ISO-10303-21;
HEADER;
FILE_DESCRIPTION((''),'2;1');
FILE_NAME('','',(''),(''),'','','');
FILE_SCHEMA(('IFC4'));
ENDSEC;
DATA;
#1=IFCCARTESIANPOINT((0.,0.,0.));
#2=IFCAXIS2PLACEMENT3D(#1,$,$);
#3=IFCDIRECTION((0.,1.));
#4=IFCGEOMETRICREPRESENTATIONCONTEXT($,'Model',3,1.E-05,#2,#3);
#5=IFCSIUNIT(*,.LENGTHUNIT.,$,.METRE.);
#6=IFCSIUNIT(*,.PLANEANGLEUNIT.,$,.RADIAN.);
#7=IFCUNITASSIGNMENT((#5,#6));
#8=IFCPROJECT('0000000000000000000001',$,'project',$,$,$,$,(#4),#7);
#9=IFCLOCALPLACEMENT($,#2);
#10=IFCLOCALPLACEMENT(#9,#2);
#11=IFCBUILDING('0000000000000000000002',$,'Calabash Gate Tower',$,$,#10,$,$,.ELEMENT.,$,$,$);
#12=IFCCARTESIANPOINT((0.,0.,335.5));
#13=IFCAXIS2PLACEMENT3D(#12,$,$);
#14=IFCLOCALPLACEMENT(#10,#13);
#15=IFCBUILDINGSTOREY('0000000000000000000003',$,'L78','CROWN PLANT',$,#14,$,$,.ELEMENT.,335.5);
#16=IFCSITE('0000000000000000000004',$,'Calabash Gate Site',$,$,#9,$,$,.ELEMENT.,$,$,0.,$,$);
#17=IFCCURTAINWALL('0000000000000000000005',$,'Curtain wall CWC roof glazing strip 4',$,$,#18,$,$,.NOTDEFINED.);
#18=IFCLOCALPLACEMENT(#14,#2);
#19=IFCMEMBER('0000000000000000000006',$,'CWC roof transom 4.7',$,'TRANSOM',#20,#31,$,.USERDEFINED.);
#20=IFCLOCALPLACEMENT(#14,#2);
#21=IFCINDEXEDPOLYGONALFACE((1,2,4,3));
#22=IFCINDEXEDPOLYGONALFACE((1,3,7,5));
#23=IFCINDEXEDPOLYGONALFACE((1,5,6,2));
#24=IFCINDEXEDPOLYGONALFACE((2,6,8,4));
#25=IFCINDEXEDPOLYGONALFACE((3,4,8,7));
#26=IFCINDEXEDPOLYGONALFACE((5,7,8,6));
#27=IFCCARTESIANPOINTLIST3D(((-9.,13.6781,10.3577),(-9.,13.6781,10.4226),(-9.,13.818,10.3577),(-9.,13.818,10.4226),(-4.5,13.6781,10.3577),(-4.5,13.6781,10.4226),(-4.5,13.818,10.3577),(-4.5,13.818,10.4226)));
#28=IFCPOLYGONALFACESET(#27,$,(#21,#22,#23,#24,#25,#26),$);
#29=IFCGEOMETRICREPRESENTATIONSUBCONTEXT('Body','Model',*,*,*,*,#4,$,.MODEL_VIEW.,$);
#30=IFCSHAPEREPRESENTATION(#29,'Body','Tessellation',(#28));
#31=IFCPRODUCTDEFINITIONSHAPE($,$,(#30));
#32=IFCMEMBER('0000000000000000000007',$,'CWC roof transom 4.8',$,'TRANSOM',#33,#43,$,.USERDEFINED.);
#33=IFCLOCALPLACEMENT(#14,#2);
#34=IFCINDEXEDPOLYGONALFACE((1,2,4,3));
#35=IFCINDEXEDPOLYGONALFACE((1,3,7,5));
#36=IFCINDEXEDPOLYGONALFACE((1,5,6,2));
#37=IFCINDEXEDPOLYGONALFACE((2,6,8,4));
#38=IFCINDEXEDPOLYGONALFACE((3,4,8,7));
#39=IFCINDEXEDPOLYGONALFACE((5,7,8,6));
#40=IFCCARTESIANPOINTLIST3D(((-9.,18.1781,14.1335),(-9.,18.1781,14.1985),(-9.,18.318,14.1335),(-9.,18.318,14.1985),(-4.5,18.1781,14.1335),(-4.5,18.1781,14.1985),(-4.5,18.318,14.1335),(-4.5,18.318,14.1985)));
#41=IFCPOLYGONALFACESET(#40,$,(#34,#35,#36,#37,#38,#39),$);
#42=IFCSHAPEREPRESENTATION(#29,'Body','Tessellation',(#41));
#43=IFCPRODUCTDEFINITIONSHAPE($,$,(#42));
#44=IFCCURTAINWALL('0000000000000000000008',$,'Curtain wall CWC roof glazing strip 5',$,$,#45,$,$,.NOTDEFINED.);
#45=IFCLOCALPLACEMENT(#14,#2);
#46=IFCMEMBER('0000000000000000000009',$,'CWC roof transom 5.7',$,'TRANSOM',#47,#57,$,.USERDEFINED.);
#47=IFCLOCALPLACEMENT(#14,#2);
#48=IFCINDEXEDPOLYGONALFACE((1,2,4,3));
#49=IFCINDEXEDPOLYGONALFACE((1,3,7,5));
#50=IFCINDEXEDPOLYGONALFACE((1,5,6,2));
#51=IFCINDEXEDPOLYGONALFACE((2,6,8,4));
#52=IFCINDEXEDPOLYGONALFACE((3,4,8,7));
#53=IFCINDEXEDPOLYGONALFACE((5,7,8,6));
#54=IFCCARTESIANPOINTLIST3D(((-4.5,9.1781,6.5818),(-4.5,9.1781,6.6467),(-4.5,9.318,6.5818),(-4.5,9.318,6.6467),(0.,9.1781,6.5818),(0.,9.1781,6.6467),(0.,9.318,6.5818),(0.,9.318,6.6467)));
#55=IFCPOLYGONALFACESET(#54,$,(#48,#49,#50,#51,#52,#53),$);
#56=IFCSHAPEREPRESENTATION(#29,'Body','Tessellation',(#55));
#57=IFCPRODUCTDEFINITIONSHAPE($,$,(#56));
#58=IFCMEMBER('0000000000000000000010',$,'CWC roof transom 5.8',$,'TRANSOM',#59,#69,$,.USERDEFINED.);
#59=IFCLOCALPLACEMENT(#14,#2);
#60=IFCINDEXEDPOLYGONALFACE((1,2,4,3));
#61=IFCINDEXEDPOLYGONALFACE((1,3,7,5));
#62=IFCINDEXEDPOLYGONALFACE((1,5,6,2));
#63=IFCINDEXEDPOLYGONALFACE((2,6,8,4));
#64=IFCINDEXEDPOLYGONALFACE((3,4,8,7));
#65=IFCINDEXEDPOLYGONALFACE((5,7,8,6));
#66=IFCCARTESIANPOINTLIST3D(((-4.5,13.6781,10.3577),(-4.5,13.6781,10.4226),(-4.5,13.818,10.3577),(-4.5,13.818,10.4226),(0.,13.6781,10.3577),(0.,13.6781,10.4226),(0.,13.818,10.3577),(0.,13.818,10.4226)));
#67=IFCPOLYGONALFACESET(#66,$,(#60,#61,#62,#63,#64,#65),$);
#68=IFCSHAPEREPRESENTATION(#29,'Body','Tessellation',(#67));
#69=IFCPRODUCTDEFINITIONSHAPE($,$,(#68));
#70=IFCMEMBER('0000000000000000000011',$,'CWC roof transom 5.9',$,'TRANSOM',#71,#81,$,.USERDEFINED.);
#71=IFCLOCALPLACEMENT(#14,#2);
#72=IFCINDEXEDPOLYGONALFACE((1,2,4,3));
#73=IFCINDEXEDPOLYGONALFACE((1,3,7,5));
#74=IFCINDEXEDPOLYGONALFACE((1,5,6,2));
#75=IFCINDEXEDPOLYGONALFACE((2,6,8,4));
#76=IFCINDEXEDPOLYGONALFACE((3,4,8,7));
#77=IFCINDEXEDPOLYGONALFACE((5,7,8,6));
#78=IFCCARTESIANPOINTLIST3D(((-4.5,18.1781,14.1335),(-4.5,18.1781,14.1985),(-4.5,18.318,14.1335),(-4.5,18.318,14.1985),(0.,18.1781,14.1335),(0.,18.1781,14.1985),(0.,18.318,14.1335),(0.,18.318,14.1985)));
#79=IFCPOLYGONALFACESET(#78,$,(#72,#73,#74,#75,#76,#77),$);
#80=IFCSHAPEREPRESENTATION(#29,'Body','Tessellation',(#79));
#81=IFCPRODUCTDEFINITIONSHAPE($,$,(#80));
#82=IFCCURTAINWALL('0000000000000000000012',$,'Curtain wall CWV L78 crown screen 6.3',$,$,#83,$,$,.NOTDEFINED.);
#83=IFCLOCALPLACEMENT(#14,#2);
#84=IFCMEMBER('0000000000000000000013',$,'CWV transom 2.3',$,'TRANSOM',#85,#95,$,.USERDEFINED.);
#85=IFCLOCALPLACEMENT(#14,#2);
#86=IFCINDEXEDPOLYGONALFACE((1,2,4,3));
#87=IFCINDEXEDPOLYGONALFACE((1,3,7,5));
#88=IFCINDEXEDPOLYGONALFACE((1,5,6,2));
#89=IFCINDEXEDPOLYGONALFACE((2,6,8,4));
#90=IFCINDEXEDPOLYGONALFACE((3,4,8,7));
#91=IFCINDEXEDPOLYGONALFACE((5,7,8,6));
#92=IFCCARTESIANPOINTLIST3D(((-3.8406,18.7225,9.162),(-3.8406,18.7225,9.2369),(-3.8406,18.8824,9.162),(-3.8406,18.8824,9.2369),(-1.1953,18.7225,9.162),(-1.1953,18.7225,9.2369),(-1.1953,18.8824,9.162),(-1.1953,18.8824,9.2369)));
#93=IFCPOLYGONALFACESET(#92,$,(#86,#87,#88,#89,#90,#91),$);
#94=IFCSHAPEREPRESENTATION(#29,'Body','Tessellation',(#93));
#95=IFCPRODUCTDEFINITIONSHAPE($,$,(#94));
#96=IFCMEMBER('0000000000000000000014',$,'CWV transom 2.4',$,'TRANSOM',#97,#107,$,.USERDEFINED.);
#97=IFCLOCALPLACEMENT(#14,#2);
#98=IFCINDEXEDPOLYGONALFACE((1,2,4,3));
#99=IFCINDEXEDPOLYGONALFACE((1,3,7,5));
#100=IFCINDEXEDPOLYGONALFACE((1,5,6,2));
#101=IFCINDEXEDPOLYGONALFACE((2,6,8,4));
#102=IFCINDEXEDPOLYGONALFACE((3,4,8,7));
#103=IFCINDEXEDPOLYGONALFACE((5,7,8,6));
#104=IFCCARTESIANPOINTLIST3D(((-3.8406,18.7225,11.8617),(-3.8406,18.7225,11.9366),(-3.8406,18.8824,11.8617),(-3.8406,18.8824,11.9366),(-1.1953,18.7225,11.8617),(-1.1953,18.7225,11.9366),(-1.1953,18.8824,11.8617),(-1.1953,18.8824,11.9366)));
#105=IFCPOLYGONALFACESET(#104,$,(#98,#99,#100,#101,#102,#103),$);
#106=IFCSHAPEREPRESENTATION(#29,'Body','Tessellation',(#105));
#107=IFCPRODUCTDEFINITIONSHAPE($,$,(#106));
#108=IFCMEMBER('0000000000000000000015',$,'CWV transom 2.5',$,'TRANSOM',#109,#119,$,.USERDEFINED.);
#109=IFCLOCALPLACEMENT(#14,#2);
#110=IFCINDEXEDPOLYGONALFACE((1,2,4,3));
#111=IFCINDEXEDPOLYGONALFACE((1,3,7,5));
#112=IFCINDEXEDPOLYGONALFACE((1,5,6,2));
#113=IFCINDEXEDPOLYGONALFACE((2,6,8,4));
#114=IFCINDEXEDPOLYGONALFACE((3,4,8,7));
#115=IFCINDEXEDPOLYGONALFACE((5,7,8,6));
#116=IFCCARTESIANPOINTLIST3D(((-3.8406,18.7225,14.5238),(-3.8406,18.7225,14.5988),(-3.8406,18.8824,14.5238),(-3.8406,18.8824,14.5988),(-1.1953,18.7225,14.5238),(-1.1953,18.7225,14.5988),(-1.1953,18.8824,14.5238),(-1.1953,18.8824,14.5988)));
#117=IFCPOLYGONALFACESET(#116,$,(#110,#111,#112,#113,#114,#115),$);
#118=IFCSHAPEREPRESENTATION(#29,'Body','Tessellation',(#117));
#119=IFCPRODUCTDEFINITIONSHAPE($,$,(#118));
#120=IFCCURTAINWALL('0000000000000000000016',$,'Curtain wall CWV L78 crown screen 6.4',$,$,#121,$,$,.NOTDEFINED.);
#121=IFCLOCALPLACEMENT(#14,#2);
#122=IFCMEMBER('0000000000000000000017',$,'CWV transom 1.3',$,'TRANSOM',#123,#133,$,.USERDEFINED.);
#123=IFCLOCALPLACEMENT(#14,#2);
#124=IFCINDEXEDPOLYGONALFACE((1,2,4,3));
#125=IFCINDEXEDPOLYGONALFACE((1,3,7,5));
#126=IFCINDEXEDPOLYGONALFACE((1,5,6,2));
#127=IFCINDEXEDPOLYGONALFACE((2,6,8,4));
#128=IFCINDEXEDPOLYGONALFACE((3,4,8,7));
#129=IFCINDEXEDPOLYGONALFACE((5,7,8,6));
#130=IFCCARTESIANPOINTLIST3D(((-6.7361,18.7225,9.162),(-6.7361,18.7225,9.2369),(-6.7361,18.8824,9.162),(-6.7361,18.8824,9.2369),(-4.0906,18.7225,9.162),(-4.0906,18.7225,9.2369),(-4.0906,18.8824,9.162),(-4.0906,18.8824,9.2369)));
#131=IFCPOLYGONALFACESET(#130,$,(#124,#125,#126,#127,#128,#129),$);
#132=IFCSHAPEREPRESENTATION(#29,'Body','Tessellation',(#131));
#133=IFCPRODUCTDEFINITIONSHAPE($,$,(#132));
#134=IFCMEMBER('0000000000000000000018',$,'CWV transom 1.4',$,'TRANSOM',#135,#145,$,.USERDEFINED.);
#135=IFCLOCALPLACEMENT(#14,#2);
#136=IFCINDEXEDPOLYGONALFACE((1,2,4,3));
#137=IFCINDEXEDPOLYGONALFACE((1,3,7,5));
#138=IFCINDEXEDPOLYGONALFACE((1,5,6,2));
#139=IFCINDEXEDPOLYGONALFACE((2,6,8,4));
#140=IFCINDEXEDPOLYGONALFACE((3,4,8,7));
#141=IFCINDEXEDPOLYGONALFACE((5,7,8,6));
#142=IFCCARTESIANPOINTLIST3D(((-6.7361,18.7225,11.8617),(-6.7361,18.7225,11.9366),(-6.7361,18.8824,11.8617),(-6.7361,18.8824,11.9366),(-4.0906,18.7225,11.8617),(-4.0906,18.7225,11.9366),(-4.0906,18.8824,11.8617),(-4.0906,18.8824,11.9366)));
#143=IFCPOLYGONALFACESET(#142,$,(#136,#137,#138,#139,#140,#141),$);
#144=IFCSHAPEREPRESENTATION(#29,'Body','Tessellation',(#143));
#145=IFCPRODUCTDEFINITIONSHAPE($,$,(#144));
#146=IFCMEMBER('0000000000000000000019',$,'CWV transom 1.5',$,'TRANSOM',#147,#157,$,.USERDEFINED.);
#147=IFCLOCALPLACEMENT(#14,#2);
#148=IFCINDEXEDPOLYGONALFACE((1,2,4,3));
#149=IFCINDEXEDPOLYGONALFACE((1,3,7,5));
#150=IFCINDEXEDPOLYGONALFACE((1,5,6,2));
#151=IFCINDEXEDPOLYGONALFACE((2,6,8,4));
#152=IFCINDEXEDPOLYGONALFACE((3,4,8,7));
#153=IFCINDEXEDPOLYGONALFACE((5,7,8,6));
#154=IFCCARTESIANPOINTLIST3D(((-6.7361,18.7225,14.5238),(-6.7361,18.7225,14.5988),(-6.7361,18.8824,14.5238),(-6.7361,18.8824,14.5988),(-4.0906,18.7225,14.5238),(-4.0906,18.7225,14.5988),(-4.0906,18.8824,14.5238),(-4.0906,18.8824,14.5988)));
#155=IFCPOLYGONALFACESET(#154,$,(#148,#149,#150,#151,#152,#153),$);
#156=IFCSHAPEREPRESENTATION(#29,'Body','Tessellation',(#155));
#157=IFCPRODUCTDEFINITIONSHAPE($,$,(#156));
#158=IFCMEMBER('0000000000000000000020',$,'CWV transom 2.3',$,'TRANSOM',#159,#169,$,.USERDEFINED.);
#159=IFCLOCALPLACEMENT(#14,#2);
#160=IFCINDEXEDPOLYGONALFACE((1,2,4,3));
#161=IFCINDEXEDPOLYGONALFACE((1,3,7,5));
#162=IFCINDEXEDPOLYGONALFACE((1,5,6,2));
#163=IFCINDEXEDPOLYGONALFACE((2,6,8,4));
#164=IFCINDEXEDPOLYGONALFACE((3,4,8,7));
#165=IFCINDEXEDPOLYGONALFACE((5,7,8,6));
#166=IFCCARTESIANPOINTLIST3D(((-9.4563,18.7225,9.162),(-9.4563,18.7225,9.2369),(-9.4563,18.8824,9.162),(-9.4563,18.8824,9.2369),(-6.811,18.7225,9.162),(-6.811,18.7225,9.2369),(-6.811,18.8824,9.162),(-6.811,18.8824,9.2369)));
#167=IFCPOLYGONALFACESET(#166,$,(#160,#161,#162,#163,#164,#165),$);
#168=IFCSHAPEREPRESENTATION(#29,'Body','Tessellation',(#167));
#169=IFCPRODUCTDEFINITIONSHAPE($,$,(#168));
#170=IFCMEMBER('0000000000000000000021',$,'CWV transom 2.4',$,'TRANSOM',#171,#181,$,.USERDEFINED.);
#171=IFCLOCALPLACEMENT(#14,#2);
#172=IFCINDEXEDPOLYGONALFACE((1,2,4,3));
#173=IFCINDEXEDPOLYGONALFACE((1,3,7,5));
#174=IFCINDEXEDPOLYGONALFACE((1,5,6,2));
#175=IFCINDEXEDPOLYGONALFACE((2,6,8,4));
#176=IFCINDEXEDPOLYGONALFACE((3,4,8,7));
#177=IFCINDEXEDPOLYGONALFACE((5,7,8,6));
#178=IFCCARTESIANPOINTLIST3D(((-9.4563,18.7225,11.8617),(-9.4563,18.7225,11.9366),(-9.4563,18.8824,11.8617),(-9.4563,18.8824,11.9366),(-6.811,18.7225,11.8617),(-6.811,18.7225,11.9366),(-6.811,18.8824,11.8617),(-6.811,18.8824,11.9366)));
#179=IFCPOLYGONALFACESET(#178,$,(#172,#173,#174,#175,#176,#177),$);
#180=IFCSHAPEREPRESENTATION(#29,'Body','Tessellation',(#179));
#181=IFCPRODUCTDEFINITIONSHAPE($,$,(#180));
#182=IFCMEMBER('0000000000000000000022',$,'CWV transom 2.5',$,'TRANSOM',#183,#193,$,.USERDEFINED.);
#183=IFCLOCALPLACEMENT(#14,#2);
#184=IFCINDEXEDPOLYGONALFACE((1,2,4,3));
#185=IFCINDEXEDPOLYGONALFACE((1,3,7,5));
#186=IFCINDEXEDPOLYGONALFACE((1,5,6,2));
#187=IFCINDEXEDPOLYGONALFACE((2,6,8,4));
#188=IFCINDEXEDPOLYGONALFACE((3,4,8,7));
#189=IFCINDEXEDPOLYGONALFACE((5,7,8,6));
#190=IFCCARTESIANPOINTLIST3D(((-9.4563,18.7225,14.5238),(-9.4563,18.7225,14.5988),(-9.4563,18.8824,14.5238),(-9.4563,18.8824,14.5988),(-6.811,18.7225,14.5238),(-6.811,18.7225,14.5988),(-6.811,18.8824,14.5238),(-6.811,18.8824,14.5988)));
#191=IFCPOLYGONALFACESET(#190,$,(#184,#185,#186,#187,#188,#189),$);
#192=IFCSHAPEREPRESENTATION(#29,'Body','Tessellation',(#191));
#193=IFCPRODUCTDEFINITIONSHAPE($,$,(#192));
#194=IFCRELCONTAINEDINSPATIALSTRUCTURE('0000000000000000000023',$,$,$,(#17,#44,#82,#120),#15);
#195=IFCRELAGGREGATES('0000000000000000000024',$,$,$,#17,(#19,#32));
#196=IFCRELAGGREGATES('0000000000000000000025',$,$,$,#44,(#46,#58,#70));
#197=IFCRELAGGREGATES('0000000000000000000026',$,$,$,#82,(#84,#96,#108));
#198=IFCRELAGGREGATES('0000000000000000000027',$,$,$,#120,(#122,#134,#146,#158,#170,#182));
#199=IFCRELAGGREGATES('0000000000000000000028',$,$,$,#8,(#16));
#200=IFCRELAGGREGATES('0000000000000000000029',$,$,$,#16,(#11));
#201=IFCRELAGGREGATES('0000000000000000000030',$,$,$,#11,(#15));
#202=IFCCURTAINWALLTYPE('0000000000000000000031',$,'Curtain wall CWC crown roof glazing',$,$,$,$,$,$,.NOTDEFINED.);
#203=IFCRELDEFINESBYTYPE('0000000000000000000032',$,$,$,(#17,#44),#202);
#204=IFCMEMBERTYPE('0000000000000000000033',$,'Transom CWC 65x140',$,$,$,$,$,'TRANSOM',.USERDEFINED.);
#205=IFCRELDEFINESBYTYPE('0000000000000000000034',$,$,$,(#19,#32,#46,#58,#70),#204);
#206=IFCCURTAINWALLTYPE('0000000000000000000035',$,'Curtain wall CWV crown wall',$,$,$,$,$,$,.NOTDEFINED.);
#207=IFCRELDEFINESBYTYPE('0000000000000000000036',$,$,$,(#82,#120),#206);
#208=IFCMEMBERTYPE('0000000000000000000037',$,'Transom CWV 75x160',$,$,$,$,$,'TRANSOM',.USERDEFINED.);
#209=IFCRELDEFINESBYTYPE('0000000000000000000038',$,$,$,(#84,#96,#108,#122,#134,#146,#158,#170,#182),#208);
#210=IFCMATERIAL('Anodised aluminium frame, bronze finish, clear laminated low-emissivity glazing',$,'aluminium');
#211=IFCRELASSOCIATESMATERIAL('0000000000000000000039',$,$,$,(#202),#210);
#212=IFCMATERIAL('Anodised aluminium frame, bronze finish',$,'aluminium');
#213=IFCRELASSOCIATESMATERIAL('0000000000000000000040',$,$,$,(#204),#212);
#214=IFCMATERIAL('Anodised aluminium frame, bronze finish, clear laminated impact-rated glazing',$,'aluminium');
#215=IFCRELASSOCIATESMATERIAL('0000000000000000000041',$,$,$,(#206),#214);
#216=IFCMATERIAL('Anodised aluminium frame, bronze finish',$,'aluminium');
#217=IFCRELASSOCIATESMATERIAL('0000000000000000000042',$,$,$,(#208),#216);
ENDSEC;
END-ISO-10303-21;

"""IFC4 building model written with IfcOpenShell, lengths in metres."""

from ifc_helpers import new_model, si_unit, direction, frame, origin, origin_2d, place, context, subcontext, project, spatial, rectangle, extrude, material, material_profile, profile_set, type_object, element, aggregate, save


model = new_model("IFC4")

# Units and contexts
model_context = context("Model", 3, precision=1e-05, world=origin(), true_north=direction((0.0, 1.0)))
body_context = subcontext(model_context, "Body", "Model", "MODEL_VIEW")
ifc_project = project(units=[si_unit("LENGTHUNIT", "METRE"), si_unit("PLANEANGLEUNIT", "RADIAN")], contexts=[model_context])

# Site, building, storey
site_placement = place(None, origin())
site = spatial("IfcSite", under=ifc_project, at=site_placement, Name="Calabash Gate Site", CompositionType="ELEMENT", RefElevation=0.0)
building_placement = place(site_placement, origin())
building = spatial("IfcBuilding", under=site, at=building_placement, Name="Calabash Gate Tower", CompositionType="ELEMENT")
storey_placement = place(building_placement, frame((0.0, 0.0, 335.5)))
storey = spatial("IfcBuildingStorey", under=building, at=storey_placement, Name="L78", Description="CROWN PLANT", CompositionType="ELEMENT", Elevation=335.5)

# Curtain walls, members
ifc_material_1 = material(Name="Anodised aluminium frame, bronze finish, clear laminated low-emissivity glazing", Category="aluminium")
curtain_wall_type_1 = type_object("IfcCurtainWallType", Name="Curtain wall CWC crown roof glazing", PredefinedType="NOTDEFINED", material=ifc_material_1)
curtain_wall_1_placement = place(storey_placement, origin())
curtain_wall_1 = element("IfcCurtainWall", 1, at=curtain_wall_1_placement, inside=storey, type_object=curtain_wall_type_1, Name="Curtain wall CWC roof glazing strip 4", PredefinedType="NOTDEFINED")
ifc_material_2 = material(Name="Anodised aluminium frame, bronze finish", Category="aluminium")
ifc_material_profile_1 = material_profile(ifc_material_2, rectangle(XDim=0.1399, YDim=0.0649, at=origin_2d()))
ifc_profile_set_1 = profile_set([ifc_material_profile_1], Name="Anodised aluminium frame, bronze finish")
member_type_1 = type_object("IfcMemberType", Name="Transom CWC 65x140", ElementType="TRANSOM", PredefinedType="USERDEFINED", material=ifc_profile_set_1)
member_1_placement = place(storey_placement, frame((-9.0, 13.748, 10.3901), z_axis=(1.0, 0.0, 0.0), x_axis=(0.0, 1.0, 0.0)))
member_1 = element("IfcMember", 2, at=member_1_placement, type_object=member_type_1, Name="CWC roof transom 4.7", ObjectType="TRANSOM", PredefinedType="USERDEFINED", context=body_context, shape_type="SweptSolid", body=[
    extrude(rectangle(XDim=0.1399, YDim=0.0649, at=origin_2d()), origin(), (0.0, 0.0, 1.0), 4.5),
])
member_2_placement = place(storey_placement, frame((-9.0, 18.248, 14.166), z_axis=(1.0, 0.0, 0.0), x_axis=(0.0, 1.0, 0.0)))
member_2 = element("IfcMember", 3, at=member_2_placement, type_object=member_type_1, Name="CWC roof transom 4.8", ObjectType="TRANSOM", PredefinedType="USERDEFINED", context=body_context, shape_type="SweptSolid", body=[
    extrude(rectangle(XDim=0.1399, YDim=0.0649, at=origin_2d()), origin(), (0.0, 0.0, 1.0), 4.5),
])
curtain_wall_2_placement = place(storey_placement, origin())
curtain_wall_2 = element("IfcCurtainWall", 4, at=curtain_wall_2_placement, inside=storey, type_object=curtain_wall_type_1, Name="Curtain wall CWC roof glazing strip 5", PredefinedType="NOTDEFINED")
member_3_placement = place(storey_placement, frame((-4.5, 9.248, 6.6143), z_axis=(1.0, 0.0, 0.0), x_axis=(0.0, 1.0, 0.0)))
member_3 = element("IfcMember", 5, at=member_3_placement, type_object=member_type_1, Name="CWC roof transom 5.7", ObjectType="TRANSOM", PredefinedType="USERDEFINED", context=body_context, shape_type="SweptSolid", body=[
    extrude(rectangle(XDim=0.1399, YDim=0.0649, at=origin_2d()), origin(), (0.0, 0.0, 1.0), 4.5),
])
member_4_placement = place(storey_placement, frame((-4.5, 13.748, 10.3901), z_axis=(1.0, 0.0, 0.0), x_axis=(0.0, 1.0, 0.0)))
member_4 = element("IfcMember", 6, at=member_4_placement, type_object=member_type_1, Name="CWC roof transom 5.8", ObjectType="TRANSOM", PredefinedType="USERDEFINED", context=body_context, shape_type="SweptSolid", body=[
    extrude(rectangle(XDim=0.1399, YDim=0.0649, at=origin_2d()), origin(), (0.0, 0.0, 1.0), 4.5),
])
member_5_placement = place(storey_placement, frame((-4.5, 18.248, 14.166), z_axis=(1.0, 0.0, 0.0), x_axis=(0.0, 1.0, 0.0)))
member_5 = element("IfcMember", 7, at=member_5_placement, type_object=member_type_1, Name="CWC roof transom 5.9", ObjectType="TRANSOM", PredefinedType="USERDEFINED", context=body_context, shape_type="SweptSolid", body=[
    extrude(rectangle(XDim=0.1399, YDim=0.0649, at=origin_2d()), origin(), (0.0, 0.0, 1.0), 4.5),
])
ifc_material_3 = material(Name="Anodised aluminium frame, bronze finish, clear laminated impact-rated glazing", Category="aluminium")
curtain_wall_type_2 = type_object("IfcCurtainWallType", Name="Curtain wall CWV crown wall", PredefinedType="NOTDEFINED", material=ifc_material_3)
curtain_wall_3_placement = place(storey_placement, origin())
curtain_wall_3 = element("IfcCurtainWall", 8, at=curtain_wall_3_placement, inside=storey, type_object=curtain_wall_type_2, Name="Curtain wall CWV L78 crown screen 6.3", PredefinedType="NOTDEFINED")
ifc_material_4 = material(Name="Anodised aluminium frame, bronze finish", Category="aluminium")
ifc_material_profile_2 = material_profile(ifc_material_4, rectangle(XDim=0.1599, YDim=0.075, at=origin_2d()))
ifc_profile_set_2 = profile_set([ifc_material_profile_2], Name="Anodised aluminium frame, bronze finish")
member_type_2 = type_object("IfcMemberType", Name="Transom CWV 75x160", ElementType="TRANSOM", PredefinedType="USERDEFINED", material=ifc_profile_set_2)
member_6_placement = place(storey_placement, frame((-1.1953, 18.8025, 9.1995), z_axis=(-1.0, 0.0, 0.0), x_axis=(0.0, -1.0, 0.0)))
member_6 = element("IfcMember", 9, at=member_6_placement, type_object=member_type_2, Name="CWV transom 2.3", ObjectType="TRANSOM", PredefinedType="USERDEFINED", context=body_context, shape_type="SweptSolid", body=[
    extrude(rectangle(XDim=0.1599, YDim=0.075, at=origin_2d()), origin(), (0.0, 0.0, 1.0), 2.6453),
])
member_7_placement = place(storey_placement, frame((-1.1953, 18.8025, 11.8992), z_axis=(-1.0, 0.0, 0.0), x_axis=(0.0, -1.0, 0.0)))
member_7 = element("IfcMember", 10, at=member_7_placement, type_object=member_type_2, Name="CWV transom 2.4", ObjectType="TRANSOM", PredefinedType="USERDEFINED", context=body_context, shape_type="SweptSolid", body=[
    extrude(rectangle(XDim=0.1599, YDim=0.075, at=origin_2d()), origin(), (0.0, 0.0, 1.0), 2.6453),
])
member_8_placement = place(storey_placement, frame((-1.1953, 18.8025, 14.5613), z_axis=(-1.0, 0.0, 0.0), x_axis=(0.0, -1.0, 0.0)))
member_8 = element("IfcMember", 11, at=member_8_placement, type_object=member_type_2, Name="CWV transom 2.5", ObjectType="TRANSOM", PredefinedType="USERDEFINED", context=body_context, shape_type="SweptSolid", body=[
    extrude(rectangle(XDim=0.1599, YDim=0.075, at=origin_2d()), origin(), (0.0, 0.0, 1.0), 2.6453),
])
curtain_wall_4_placement = place(storey_placement, origin())
curtain_wall_4 = element("IfcCurtainWall", 12, at=curtain_wall_4_placement, inside=storey, type_object=curtain_wall_type_2, Name="Curtain wall CWV L78 crown screen 6.4", PredefinedType="NOTDEFINED")
member_9_placement = place(storey_placement, frame((-4.0906, 18.8025, 9.1995), z_axis=(-1.0, 0.0, 0.0), x_axis=(0.0, -1.0, 0.0)))
member_9 = element("IfcMember", 13, at=member_9_placement, type_object=member_type_2, Name="CWV transom 1.3", ObjectType="TRANSOM", PredefinedType="USERDEFINED", context=body_context, shape_type="SweptSolid", body=[
    extrude(rectangle(XDim=0.1599, YDim=0.075, at=origin_2d()), origin(), (0.0, 0.0, 1.0), 2.6455),
])
member_10_placement = place(storey_placement, frame((-4.0906, 18.8025, 11.8992), z_axis=(-1.0, 0.0, 0.0), x_axis=(0.0, -1.0, 0.0)))
member_10 = element("IfcMember", 14, at=member_10_placement, type_object=member_type_2, Name="CWV transom 1.4", ObjectType="TRANSOM", PredefinedType="USERDEFINED", context=body_context, shape_type="SweptSolid", body=[
    extrude(rectangle(XDim=0.1599, YDim=0.075, at=origin_2d()), origin(), (0.0, 0.0, 1.0), 2.6455),
])
member_11_placement = place(storey_placement, frame((-4.0906, 18.8025, 14.5613), z_axis=(-1.0, 0.0, 0.0), x_axis=(0.0, -1.0, 0.0)))
member_11 = element("IfcMember", 15, at=member_11_placement, type_object=member_type_2, Name="CWV transom 1.5", ObjectType="TRANSOM", PredefinedType="USERDEFINED", context=body_context, shape_type="SweptSolid", body=[
    extrude(rectangle(XDim=0.1599, YDim=0.075, at=origin_2d()), origin(), (0.0, 0.0, 1.0), 2.6455),
])
member_12_placement = place(storey_placement, frame((-6.811, 18.8025, 9.1995), z_axis=(-1.0, 0.0, 0.0), x_axis=(0.0, -1.0, 0.0)))
member_12 = element("IfcMember", 16, at=member_12_placement, type_object=member_type_2, Name="CWV transom 2.3", ObjectType="TRANSOM", PredefinedType="USERDEFINED", context=body_context, shape_type="SweptSolid", body=[
    extrude(rectangle(XDim=0.1599, YDim=0.075, at=origin_2d()), origin(), (0.0, 0.0, 1.0), 2.6453),
])
member_13_placement = place(storey_placement, frame((-6.811, 18.8025, 11.8992), z_axis=(-1.0, 0.0, 0.0), x_axis=(0.0, -1.0, 0.0)))
member_13 = element("IfcMember", 17, at=member_13_placement, type_object=member_type_2, Name="CWV transom 2.4", ObjectType="TRANSOM", PredefinedType="USERDEFINED", context=body_context, shape_type="SweptSolid", body=[
    extrude(rectangle(XDim=0.1599, YDim=0.075, at=origin_2d()), origin(), (0.0, 0.0, 1.0), 2.6453),
])
member_14_placement = place(storey_placement, frame((-6.811, 18.8025, 14.5613), z_axis=(-1.0, 0.0, 0.0), x_axis=(0.0, -1.0, 0.0)))
member_14 = element("IfcMember", 18, at=member_14_placement, type_object=member_type_2, Name="CWV transom 2.5", ObjectType="TRANSOM", PredefinedType="USERDEFINED", context=body_context, shape_type="SweptSolid", body=[
    extrude(rectangle(XDim=0.1599, YDim=0.075, at=origin_2d()), origin(), (0.0, 0.0, 1.0), 2.6453),
])

aggregate(curtain_wall_1, [member_1, member_2])
aggregate(curtain_wall_2, [member_3, member_4, member_5])

aggregate(curtain_wall_3, [member_6, member_7, member_8])
aggregate(curtain_wall_4, [member_9, member_10, member_11, member_12, member_13, member_14])

save(model, "model.ifc")
